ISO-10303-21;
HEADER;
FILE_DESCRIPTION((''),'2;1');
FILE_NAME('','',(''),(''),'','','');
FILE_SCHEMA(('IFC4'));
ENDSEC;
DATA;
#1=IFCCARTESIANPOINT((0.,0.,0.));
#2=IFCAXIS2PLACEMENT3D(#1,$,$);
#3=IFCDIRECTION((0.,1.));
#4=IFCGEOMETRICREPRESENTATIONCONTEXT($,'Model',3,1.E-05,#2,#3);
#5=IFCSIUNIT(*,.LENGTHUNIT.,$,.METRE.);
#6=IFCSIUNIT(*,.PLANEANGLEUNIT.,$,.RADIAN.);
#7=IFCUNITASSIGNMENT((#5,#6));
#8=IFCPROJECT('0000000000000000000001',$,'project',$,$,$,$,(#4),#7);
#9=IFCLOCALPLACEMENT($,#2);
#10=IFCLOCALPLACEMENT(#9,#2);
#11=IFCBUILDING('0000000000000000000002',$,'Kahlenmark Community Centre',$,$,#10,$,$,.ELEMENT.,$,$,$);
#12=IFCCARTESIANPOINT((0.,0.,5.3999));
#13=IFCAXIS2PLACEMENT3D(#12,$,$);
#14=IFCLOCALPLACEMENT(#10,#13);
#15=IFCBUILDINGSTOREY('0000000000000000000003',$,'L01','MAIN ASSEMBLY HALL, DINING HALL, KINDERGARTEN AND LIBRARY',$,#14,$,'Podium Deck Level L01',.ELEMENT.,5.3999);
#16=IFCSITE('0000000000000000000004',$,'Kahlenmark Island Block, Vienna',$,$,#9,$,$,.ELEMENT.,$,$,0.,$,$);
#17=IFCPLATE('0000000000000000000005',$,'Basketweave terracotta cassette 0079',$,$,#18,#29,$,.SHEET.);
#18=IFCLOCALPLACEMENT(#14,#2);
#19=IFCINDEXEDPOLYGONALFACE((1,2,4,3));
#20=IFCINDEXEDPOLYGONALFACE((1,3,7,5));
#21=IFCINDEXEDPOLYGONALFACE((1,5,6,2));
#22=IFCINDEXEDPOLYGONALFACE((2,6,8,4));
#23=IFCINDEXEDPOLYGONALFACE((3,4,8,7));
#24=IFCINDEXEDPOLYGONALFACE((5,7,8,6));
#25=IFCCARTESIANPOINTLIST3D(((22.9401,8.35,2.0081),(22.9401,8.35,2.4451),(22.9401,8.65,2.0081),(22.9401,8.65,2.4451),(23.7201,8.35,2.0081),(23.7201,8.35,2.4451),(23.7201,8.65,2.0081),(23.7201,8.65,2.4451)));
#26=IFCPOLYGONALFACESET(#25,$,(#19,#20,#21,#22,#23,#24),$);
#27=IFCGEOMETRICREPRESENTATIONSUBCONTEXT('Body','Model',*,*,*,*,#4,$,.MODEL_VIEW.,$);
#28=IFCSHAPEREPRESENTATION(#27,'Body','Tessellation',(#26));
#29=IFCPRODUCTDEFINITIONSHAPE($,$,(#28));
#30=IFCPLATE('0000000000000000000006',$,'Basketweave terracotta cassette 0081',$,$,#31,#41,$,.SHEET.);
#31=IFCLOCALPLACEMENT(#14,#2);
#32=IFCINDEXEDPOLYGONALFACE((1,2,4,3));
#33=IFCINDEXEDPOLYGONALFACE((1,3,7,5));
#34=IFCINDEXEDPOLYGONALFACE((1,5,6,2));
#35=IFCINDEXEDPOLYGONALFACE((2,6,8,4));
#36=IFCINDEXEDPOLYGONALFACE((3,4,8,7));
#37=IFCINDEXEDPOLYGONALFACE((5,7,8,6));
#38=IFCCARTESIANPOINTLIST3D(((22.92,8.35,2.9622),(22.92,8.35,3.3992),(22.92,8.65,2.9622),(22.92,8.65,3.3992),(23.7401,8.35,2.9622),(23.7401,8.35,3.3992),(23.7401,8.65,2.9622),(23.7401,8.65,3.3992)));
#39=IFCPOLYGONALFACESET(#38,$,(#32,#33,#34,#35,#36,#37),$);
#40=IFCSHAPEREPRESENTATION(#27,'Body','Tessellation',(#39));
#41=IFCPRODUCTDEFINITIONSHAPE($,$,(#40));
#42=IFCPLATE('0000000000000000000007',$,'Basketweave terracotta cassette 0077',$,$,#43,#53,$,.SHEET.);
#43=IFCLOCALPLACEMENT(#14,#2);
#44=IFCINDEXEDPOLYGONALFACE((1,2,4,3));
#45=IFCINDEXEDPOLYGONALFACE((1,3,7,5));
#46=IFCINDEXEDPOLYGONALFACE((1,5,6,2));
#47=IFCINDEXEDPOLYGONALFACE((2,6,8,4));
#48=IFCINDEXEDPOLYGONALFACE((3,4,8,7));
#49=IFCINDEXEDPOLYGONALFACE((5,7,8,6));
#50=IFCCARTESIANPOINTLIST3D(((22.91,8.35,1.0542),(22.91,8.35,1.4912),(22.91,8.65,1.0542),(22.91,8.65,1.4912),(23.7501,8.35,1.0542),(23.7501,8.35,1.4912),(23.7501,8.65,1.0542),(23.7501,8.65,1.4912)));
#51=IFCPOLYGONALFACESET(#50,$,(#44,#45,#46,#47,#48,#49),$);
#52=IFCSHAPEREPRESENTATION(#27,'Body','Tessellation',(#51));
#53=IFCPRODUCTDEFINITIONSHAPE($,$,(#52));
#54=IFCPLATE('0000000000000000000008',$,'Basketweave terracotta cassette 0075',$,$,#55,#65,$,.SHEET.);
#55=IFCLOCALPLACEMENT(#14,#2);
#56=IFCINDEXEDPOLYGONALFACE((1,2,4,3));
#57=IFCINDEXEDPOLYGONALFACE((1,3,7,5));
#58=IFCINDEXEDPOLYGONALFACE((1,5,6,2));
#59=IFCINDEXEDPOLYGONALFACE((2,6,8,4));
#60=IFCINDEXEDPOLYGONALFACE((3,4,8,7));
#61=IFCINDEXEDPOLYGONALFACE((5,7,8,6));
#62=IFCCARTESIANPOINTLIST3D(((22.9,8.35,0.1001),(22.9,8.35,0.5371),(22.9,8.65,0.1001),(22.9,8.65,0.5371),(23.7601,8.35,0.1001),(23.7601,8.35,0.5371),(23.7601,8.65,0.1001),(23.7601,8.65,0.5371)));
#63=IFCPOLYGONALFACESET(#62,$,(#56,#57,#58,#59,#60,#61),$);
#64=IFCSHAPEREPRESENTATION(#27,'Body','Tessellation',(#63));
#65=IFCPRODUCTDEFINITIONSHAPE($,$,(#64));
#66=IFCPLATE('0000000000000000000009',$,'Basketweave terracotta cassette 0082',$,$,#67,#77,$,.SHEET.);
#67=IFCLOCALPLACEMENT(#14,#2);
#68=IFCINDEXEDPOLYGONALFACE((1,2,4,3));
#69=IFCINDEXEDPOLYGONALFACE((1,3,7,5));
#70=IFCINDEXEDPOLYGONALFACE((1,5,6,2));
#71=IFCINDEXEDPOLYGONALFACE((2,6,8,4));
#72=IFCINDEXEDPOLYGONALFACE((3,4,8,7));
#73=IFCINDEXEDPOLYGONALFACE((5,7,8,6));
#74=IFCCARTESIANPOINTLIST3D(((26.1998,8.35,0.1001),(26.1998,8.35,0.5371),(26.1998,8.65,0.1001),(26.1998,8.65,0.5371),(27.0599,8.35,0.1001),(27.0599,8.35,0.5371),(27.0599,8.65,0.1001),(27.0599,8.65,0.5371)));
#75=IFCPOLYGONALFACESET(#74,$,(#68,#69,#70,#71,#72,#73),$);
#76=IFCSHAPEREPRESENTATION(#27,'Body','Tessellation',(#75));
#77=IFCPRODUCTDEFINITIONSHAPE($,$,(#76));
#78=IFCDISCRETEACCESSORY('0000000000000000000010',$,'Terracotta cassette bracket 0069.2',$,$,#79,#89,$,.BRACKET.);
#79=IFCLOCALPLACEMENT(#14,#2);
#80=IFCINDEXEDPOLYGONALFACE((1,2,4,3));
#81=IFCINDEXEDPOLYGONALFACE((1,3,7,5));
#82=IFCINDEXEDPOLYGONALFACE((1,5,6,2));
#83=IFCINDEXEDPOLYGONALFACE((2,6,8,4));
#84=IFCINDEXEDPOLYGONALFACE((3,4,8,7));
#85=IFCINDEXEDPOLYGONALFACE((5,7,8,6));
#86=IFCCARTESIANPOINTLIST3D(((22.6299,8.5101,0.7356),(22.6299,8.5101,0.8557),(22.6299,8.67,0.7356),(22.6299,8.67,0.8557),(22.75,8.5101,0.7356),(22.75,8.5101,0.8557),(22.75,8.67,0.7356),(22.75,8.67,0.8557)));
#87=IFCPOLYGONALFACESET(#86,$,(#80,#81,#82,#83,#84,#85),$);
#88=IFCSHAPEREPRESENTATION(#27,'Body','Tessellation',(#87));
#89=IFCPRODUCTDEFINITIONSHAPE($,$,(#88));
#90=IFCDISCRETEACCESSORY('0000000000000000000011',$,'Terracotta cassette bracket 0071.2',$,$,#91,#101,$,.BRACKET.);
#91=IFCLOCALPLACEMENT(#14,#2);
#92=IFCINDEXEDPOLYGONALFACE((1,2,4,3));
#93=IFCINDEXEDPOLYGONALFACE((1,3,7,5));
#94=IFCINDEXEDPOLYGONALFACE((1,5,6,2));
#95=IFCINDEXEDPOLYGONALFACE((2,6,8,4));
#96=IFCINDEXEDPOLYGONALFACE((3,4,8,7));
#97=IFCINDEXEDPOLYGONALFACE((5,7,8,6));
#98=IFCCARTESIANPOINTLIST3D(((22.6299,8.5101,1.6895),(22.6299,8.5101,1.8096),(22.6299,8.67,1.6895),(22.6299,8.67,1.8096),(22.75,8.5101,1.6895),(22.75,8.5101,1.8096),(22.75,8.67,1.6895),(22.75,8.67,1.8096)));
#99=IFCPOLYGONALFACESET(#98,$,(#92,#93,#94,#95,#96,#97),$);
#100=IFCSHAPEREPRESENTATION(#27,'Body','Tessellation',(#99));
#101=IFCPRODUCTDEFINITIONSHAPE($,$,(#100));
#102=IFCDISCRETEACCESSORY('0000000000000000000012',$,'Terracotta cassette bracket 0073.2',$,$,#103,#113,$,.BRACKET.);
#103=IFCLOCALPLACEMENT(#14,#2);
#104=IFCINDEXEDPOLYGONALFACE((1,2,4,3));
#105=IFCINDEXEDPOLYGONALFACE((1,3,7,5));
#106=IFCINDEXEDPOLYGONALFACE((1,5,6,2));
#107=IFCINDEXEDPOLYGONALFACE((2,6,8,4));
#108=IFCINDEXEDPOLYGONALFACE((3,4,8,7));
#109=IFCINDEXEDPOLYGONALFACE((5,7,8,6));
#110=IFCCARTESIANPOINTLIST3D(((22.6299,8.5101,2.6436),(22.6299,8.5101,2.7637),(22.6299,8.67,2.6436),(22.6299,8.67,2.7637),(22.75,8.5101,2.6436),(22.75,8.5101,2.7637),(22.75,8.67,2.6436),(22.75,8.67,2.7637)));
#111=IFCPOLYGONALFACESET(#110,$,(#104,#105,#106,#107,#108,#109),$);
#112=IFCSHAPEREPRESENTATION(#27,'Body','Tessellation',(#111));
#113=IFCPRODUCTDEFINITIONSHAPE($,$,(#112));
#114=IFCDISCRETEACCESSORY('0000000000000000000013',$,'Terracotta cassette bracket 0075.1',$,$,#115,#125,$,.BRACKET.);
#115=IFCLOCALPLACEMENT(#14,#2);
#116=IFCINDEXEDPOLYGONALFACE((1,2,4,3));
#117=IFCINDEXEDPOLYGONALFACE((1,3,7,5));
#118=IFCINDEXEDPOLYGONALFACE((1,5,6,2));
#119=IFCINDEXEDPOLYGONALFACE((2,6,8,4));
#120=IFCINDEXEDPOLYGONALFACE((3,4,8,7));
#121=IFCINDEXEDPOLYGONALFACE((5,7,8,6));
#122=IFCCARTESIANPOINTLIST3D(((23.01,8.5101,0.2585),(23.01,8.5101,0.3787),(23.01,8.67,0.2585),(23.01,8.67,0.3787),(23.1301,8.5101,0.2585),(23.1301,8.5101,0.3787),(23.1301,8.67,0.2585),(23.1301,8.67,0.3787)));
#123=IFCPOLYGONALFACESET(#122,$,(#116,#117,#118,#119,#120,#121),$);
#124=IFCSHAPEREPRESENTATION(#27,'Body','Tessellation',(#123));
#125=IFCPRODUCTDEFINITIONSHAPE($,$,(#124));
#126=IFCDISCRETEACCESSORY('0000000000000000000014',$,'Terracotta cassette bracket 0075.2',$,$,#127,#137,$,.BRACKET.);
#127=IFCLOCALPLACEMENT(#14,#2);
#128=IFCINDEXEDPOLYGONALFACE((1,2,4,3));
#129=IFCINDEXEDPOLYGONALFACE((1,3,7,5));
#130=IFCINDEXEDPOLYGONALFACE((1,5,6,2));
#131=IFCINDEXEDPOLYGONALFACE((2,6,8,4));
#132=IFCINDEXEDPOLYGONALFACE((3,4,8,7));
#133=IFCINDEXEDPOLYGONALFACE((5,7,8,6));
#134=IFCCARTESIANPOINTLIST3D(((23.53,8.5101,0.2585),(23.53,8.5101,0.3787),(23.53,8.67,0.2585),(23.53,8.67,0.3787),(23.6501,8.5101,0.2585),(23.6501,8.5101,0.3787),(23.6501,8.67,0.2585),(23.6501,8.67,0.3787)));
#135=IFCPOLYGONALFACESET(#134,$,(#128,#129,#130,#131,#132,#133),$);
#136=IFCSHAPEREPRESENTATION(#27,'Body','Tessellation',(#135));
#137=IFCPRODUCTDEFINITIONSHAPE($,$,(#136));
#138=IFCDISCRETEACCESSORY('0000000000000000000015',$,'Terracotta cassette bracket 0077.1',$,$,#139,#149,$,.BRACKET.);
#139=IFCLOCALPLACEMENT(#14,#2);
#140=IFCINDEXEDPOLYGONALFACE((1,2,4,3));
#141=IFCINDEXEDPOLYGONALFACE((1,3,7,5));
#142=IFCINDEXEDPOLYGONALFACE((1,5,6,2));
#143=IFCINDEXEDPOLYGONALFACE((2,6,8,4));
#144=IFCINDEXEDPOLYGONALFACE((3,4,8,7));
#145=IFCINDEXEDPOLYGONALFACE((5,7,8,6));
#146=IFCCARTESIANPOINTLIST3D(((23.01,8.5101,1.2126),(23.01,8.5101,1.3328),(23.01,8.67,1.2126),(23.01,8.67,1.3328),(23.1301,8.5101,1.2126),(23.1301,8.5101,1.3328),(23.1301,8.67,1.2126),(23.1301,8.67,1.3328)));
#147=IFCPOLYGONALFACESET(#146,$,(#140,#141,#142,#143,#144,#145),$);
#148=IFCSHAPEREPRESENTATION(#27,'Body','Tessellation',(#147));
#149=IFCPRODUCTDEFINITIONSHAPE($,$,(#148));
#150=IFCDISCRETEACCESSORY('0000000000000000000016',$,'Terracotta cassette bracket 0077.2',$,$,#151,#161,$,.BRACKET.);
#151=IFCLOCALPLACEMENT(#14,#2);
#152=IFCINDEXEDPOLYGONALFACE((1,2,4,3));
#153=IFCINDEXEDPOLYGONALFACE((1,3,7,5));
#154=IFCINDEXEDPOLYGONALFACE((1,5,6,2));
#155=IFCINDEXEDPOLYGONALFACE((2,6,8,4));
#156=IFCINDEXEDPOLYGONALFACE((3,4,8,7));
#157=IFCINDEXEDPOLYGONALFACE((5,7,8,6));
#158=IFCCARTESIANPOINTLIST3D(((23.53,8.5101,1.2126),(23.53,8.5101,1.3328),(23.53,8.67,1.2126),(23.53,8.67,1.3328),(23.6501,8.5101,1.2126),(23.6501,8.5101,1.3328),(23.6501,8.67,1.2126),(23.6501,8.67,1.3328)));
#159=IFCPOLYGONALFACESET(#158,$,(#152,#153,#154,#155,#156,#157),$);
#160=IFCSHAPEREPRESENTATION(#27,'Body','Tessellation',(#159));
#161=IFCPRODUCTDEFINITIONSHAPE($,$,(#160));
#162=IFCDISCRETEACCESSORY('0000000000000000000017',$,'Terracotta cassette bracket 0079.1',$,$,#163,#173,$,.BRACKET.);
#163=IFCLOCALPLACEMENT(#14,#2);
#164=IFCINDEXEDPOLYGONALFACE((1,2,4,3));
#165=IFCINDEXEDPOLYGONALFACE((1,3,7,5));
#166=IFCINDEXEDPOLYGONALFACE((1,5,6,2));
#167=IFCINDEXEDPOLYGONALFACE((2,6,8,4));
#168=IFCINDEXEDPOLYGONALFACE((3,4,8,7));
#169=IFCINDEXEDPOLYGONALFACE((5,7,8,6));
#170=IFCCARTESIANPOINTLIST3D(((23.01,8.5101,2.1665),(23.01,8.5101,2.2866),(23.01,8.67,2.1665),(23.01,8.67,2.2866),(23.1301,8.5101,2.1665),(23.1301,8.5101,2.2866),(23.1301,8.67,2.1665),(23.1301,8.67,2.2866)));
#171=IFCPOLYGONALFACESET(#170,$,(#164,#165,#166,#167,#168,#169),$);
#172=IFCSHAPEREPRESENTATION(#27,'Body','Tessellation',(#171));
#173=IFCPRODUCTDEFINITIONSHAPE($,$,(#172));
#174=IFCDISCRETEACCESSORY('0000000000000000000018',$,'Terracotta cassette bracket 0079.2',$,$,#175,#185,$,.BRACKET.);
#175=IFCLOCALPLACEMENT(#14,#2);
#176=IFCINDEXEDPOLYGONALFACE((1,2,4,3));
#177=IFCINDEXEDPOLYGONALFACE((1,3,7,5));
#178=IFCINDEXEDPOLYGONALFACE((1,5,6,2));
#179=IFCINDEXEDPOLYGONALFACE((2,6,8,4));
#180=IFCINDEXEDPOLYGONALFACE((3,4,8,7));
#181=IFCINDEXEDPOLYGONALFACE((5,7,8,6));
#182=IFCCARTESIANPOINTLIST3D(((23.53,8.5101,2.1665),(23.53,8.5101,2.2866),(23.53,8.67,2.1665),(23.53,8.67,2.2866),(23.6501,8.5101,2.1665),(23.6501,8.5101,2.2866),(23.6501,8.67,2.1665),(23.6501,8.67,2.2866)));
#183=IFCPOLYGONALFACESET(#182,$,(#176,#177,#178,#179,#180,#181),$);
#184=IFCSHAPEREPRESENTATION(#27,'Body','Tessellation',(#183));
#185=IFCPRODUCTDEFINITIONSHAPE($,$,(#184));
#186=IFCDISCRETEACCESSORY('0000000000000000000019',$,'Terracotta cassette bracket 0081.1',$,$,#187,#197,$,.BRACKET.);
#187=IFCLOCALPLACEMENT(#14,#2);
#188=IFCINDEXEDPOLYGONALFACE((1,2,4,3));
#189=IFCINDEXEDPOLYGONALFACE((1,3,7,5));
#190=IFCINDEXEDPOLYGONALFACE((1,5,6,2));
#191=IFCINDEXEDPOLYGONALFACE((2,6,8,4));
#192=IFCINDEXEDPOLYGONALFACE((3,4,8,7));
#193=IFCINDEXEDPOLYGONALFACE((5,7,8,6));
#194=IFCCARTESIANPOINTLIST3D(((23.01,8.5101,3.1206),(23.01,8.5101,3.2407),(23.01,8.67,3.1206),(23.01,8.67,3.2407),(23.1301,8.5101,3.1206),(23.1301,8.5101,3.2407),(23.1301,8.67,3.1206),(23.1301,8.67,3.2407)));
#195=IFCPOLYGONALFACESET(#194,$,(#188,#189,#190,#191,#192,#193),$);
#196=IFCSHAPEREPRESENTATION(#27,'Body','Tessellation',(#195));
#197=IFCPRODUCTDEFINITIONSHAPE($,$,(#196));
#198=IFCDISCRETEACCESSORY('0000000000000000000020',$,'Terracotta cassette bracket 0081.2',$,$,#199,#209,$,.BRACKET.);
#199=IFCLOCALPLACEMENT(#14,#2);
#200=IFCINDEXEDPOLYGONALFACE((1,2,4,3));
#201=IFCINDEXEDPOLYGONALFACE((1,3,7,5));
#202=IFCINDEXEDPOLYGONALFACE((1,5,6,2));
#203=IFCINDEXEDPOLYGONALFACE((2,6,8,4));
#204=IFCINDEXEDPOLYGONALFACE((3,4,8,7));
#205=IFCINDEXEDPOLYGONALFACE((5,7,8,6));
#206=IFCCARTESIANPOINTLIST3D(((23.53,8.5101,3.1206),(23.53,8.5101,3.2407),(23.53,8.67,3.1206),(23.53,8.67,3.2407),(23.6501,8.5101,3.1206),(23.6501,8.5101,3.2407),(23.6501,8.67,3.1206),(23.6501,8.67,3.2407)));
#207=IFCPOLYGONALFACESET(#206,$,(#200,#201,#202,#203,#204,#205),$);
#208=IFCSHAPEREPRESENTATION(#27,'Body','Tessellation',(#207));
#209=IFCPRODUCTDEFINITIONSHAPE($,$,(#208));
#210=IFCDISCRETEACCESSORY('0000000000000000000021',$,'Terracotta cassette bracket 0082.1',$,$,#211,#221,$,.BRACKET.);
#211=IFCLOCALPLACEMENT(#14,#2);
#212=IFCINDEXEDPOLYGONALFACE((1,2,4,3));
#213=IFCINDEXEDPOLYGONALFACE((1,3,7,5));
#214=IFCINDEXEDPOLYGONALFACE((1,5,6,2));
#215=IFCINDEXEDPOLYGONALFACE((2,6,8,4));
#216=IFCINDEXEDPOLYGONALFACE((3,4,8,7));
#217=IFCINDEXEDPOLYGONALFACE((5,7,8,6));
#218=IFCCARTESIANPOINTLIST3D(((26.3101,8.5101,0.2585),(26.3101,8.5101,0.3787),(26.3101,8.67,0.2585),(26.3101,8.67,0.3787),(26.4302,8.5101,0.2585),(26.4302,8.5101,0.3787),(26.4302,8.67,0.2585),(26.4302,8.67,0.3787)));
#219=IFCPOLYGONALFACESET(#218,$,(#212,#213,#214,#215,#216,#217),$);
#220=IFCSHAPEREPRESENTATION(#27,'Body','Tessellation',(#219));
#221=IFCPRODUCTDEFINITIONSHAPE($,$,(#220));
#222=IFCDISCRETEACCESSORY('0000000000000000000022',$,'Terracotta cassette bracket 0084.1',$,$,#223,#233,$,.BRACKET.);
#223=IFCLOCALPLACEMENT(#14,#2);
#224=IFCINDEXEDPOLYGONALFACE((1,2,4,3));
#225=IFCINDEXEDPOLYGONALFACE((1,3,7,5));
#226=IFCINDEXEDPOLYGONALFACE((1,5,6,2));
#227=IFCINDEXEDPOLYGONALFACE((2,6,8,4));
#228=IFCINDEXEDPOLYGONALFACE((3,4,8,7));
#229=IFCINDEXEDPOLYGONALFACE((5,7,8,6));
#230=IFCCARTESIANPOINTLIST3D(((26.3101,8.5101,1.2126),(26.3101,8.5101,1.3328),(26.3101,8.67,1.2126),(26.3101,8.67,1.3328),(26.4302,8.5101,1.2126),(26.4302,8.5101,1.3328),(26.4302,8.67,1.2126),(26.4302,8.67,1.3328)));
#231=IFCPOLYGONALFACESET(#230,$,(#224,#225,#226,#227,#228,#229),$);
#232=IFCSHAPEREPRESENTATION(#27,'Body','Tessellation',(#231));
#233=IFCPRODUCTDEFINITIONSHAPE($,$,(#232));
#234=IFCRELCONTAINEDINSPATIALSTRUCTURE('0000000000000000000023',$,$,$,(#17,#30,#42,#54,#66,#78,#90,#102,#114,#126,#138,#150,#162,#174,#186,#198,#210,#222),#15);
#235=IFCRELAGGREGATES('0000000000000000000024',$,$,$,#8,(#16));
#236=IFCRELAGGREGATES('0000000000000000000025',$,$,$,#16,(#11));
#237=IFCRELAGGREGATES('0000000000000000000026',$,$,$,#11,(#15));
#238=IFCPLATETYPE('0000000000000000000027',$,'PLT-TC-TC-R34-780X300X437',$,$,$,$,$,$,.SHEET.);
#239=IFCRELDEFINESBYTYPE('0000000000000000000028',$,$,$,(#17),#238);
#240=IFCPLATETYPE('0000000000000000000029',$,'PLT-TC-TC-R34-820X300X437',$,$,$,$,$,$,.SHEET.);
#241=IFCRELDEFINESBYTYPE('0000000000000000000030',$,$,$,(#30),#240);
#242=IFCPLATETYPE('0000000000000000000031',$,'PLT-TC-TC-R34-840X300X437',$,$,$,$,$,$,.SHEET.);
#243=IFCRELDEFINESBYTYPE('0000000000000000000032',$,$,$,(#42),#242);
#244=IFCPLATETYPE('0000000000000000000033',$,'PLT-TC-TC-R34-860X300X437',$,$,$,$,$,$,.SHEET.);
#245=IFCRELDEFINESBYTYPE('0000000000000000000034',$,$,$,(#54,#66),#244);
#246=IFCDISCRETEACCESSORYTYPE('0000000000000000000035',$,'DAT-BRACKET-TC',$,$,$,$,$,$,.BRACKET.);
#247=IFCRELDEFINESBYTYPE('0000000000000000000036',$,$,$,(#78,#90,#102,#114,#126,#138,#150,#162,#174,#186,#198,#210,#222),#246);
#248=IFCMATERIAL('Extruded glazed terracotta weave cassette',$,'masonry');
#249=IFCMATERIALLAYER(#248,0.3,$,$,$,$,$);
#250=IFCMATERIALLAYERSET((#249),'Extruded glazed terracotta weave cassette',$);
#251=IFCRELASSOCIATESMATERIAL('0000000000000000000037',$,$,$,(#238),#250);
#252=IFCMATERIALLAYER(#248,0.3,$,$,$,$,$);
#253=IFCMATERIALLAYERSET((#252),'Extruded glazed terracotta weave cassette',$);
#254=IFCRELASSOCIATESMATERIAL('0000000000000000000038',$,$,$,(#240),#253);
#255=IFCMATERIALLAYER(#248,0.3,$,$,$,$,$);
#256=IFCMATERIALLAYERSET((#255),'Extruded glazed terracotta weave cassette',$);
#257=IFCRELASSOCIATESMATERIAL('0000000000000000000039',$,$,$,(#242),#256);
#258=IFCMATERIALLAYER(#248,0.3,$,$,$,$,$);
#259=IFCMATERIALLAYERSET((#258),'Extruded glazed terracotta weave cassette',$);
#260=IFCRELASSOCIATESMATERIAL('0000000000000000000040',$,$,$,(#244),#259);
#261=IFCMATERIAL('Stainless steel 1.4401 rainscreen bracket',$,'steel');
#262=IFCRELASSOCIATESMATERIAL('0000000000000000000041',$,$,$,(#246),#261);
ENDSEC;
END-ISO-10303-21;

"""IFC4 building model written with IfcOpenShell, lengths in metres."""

from ifc_helpers import new_model, si_unit, direction, frame, origin, origin_2d, place, context, subcontext, project, spatial, rectangle, extrude, material, layer, layer_set, type_object, element, save


model = new_model("IFC4")

# Units and contexts
model_context = context("Model", 3, precision=1e-05, world=origin(), true_north=direction((0.0, 1.0)))
body_context = subcontext(model_context, "Body", "Model", "MODEL_VIEW")
ifc_project = project(units=[si_unit("LENGTHUNIT", "METRE"), si_unit("PLANEANGLEUNIT", "RADIAN")], contexts=[model_context])

# Site, building, storey
site_placement = place(None, origin())
site = spatial("IfcSite", under=ifc_project, at=site_placement, Name="Kahlenmark Island Block, Vienna", CompositionType="ELEMENT", RefElevation=0.0)
building_placement = place(site_placement, origin())
building = spatial("IfcBuilding", under=site, at=building_placement, Name="Kahlenmark Community Centre", CompositionType="ELEMENT")
storey_placement = place(building_placement, frame((0.0, 0.0, 5.3999)))
storey = spatial("IfcBuildingStorey", under=building, at=storey_placement, Name="L01", Description="MAIN ASSEMBLY HALL, DINING HALL, KINDERGARTEN AND LIBRARY", LongName="Podium Deck Level L01", CompositionType="ELEMENT", Elevation=5.3999)

# Plates
ifc_material_1 = material(Name="Extruded glazed terracotta weave cassette", Category="masonry")
ifc_layer_1 = layer(ifc_material_1, 0.3)
ifc_layer_set_1 = layer_set([ifc_layer_1], Name="Extruded glazed terracotta weave cassette")
plate_type_1 = type_object("IfcPlateType", Name="PLT-TC-TC-R34-780X300X437", PredefinedType="SHEET", material=ifc_layer_set_1)
plate_1_placement = place(storey_placement, frame((23.3301, 8.5, 2.0081), z_axis=(0.0, 0.0, 1.0), x_axis=(1.0, 0.0, 0.0)))
element("IfcPlate", 1, at=plate_1_placement, inside=storey, type_object=plate_type_1, Name="Basketweave terracotta cassette 0079", PredefinedType="SHEET", context=body_context, shape_type="SweptSolid", body=[
    extrude(rectangle(XDim=0.78, YDim=0.3, at=origin_2d()), origin(), (0.0, 0.0, 1.0), 0.437),
])
ifc_layer_2 = layer(ifc_material_1, 0.3)
ifc_layer_set_2 = layer_set([ifc_layer_2], Name="Extruded glazed terracotta weave cassette")
plate_type_2 = type_object("IfcPlateType", Name="PLT-TC-TC-R34-820X300X437", PredefinedType="SHEET", material=ifc_layer_set_2)
plate_2_placement = place(storey_placement, frame((23.3301, 8.5, 2.9622), z_axis=(0.0, 0.0, 1.0), x_axis=(1.0, 0.0, 0.0)))
element("IfcPlate", 2, at=plate_2_placement, inside=storey, type_object=plate_type_2, Name="Basketweave terracotta cassette 0081", PredefinedType="SHEET", context=body_context, shape_type="SweptSolid", body=[
    extrude(rectangle(XDim=0.8201, YDim=0.3, at=origin_2d()), origin(), (0.0, 0.0, 1.0), 0.437),
])
ifc_layer_3 = layer(ifc_material_1, 0.3)
ifc_layer_set_3 = layer_set([ifc_layer_3], Name="Extruded glazed terracotta weave cassette")
plate_type_3 = type_object("IfcPlateType", Name="PLT-TC-TC-R34-840X300X437", PredefinedType="SHEET", material=ifc_layer_set_3)
plate_3_placement = place(storey_placement, frame((23.3301, 8.5, 1.0542), z_axis=(0.0, 0.0, 1.0), x_axis=(1.0, 0.0, 0.0)))
element("IfcPlate", 3, at=plate_3_placement, inside=storey, type_object=plate_type_3, Name="Basketweave terracotta cassette 0077", PredefinedType="SHEET", context=body_context, shape_type="SweptSolid", body=[
    extrude(rectangle(XDim=0.8401, YDim=0.3, at=origin_2d()), origin(), (0.0, 0.0, 1.0), 0.437),
])
ifc_layer_4 = layer(ifc_material_1, 0.3)
ifc_layer_set_4 = layer_set([ifc_layer_4], Name="Extruded glazed terracotta weave cassette")
plate_type_4 = type_object("IfcPlateType", Name="PLT-TC-TC-R34-860X300X437", PredefinedType="SHEET", material=ifc_layer_set_4)
for number, where, z_axis, x_axis, name in (
    (4, (23.3301, 8.5, 0.1001), (0.0, 0.0, 1.0), (1.0, 0.0, 0.0), "Basketweave terracotta cassette 0075"),
    (5, (26.6299, 8.5, 0.1001), (0.0, 0.0, 1.0), (1.0, 0.0, 0.0), "Basketweave terracotta cassette 0082"),
):
    element("IfcPlate", number, at=place(storey_placement, frame(where, z_axis=z_axis, x_axis=x_axis)), inside=storey, type_object=plate_type_4, Name=name, PredefinedType="SHEET", context=body_context, shape_type="SweptSolid", body=[
        extrude(rectangle(XDim=0.8601, YDim=0.3, at=origin_2d()), origin(), (0.0, 0.0, 1.0), 0.437),
    ])

# Discrete accessories
ifc_material_2 = material(Name="Stainless steel 1.4401 rainscreen bracket", Category="steel")
discrete_accessory_type = type_object("IfcDiscreteAccessoryType", Name="DAT-BRACKET-TC", PredefinedType="BRACKET", material=ifc_material_2)
for number, where, z_axis, x_axis, name in (
    (6, (22.6899, 8.5901, 0.7356), (0.0, 0.0, 1.0), (1.0, 0.0, 0.0), "Terracotta cassette bracket 0069.2"),
    (7, (22.6899, 8.5901, 1.6895), (0.0, 0.0, 1.0), (1.0, 0.0, 0.0), "Terracotta cassette bracket 0071.2"),
    (8, (22.6899, 8.5901, 2.6436), (0.0, 0.0, 1.0), (1.0, 0.0, 0.0), "Terracotta cassette bracket 0073.2"),
    (9, (23.0701, 8.5901, 0.2585), (0.0, 0.0, 1.0), (1.0, 0.0, 0.0), "Terracotta cassette bracket 0075.1"),
    (10, (23.5901, 8.5901, 0.2585), (0.0, 0.0, 1.0), (1.0, 0.0, 0.0), "Terracotta cassette bracket 0075.2"),
    (11, (23.0701, 8.5901, 1.2126), (0.0, 0.0, 1.0), (1.0, 0.0, 0.0), "Terracotta cassette bracket 0077.1"),
    (12, (23.5901, 8.5901, 1.2126), (0.0, 0.0, 1.0), (1.0, 0.0, 0.0), "Terracotta cassette bracket 0077.2"),
    (13, (23.0701, 8.5901, 2.1665), (0.0, 0.0, 1.0), (1.0, 0.0, 0.0), "Terracotta cassette bracket 0079.1"),
    (14, (23.5901, 8.5901, 2.1665), (0.0, 0.0, 1.0), (1.0, 0.0, 0.0), "Terracotta cassette bracket 0079.2"),
    (15, (23.0701, 8.5901, 3.1206), (0.0, 0.0, 1.0), (1.0, 0.0, 0.0), "Terracotta cassette bracket 0081.1"),
    (16, (23.5901, 8.5901, 3.1206), (0.0, 0.0, 1.0), (1.0, 0.0, 0.0), "Terracotta cassette bracket 0081.2"),
    (17, (26.3701, 8.5901, 0.2585), (0.0, 0.0, 1.0), (1.0, 0.0, 0.0), "Terracotta cassette bracket 0082.1"),
    (18, (26.3701, 8.5901, 1.2126), (0.0, 0.0, 1.0), (1.0, 0.0, 0.0), "Terracotta cassette bracket 0084.1"),
):
    element("IfcDiscreteAccessory", number, at=place(storey_placement, frame(where, z_axis=z_axis, x_axis=x_axis)), inside=storey, type_object=discrete_accessory_type, Name=name, PredefinedType="BRACKET", context=body_context, shape_type="SweptSolid", body=[
        extrude(rectangle(XDim=0.1201, YDim=0.1599, at=origin_2d()), origin(), (0.0, 0.0, 1.0), 0.1201),
    ])

save(model, "model.ifc")
